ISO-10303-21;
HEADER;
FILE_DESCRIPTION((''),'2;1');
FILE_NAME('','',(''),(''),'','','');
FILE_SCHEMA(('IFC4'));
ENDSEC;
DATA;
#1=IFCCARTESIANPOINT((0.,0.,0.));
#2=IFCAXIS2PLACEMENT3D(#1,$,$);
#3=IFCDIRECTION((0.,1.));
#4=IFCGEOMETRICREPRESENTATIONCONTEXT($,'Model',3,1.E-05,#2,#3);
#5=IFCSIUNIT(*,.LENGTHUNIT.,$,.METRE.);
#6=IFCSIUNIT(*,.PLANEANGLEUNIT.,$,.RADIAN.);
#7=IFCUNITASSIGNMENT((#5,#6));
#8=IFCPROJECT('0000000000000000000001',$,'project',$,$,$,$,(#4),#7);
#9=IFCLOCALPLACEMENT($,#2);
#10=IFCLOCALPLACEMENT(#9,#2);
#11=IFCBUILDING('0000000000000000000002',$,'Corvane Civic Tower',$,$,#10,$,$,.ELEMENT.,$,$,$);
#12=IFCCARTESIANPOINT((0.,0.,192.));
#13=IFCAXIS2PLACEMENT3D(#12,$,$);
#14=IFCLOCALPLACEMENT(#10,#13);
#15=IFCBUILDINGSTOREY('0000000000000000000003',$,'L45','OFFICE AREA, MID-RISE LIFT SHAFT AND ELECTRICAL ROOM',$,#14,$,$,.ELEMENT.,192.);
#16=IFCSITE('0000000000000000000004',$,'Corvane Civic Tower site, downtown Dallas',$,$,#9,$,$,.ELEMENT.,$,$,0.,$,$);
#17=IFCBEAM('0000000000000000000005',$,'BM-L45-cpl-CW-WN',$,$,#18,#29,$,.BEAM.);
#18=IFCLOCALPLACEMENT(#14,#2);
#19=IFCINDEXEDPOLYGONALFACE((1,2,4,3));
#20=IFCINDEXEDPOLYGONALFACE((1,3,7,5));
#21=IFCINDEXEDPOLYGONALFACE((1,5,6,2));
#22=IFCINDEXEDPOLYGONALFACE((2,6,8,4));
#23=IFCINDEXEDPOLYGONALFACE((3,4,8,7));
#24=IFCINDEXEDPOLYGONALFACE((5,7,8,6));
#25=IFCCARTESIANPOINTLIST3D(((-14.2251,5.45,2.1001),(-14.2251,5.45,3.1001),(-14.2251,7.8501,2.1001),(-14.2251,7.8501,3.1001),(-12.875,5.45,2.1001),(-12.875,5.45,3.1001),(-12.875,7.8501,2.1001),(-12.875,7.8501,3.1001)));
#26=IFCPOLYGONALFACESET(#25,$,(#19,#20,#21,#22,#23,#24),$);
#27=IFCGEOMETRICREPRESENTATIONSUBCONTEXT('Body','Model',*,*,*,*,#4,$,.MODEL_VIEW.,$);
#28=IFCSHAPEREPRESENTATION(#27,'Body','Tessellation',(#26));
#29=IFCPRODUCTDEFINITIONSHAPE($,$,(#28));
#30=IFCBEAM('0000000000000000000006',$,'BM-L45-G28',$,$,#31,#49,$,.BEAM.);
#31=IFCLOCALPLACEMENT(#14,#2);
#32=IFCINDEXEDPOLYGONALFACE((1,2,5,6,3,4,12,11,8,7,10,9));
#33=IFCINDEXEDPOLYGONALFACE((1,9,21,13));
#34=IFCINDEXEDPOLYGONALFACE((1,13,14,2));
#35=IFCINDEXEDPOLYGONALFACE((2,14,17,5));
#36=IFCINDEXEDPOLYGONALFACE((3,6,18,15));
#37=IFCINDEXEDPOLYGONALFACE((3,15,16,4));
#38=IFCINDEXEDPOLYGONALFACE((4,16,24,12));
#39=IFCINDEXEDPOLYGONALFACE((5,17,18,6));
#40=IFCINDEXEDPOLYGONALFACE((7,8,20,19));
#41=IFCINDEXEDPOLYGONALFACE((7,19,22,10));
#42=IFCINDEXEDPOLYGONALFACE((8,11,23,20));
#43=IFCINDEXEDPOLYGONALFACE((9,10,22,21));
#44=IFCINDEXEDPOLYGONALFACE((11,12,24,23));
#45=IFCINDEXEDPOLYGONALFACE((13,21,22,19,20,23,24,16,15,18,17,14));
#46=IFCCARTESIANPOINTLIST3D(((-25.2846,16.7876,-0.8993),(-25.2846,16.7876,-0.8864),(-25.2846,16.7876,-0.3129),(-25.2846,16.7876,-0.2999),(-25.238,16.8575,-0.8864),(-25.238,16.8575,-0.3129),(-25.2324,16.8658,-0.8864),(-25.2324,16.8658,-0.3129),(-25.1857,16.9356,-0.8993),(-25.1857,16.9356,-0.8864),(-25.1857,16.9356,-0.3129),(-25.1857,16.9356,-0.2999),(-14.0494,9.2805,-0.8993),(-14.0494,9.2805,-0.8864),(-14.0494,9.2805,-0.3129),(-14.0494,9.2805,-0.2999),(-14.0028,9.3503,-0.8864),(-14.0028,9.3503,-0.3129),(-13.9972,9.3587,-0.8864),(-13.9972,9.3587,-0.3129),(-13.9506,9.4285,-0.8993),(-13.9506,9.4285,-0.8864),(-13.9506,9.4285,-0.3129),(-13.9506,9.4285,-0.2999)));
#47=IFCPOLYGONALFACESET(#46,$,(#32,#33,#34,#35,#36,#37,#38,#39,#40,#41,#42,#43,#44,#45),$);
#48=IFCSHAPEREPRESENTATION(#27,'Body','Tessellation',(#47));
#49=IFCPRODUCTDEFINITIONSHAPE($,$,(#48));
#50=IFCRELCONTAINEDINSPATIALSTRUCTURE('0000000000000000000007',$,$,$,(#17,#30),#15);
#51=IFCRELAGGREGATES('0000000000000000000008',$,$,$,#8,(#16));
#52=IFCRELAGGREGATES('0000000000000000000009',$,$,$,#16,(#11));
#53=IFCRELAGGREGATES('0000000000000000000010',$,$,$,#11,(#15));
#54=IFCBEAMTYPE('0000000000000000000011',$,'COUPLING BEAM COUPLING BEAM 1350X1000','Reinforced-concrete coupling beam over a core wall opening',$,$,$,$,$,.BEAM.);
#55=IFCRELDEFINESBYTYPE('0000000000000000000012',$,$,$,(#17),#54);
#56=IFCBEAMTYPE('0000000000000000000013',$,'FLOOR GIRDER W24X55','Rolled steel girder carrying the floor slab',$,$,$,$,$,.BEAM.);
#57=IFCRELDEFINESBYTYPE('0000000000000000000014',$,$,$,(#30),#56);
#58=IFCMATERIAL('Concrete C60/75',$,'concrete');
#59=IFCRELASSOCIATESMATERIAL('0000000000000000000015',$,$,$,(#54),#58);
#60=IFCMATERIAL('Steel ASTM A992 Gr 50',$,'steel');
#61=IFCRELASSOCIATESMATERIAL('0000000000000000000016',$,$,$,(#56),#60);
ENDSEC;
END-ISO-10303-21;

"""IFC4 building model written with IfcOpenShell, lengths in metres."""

from ifc_helpers import new_model, si_unit, direction, frame, origin, origin_2d, place, context, subcontext, project, spatial, rectangle, i_section, extrude, material, material_profile, profile_set, type_object, element, save


model = new_model("IFC4")

# Units and contexts
model_context = context("Model", 3, precision=1e-05, world=origin(), true_north=direction((0.0, 1.0)))
body_context = subcontext(model_context, "Body", "Model", "MODEL_VIEW")
ifc_project = project(units=[si_unit("LENGTHUNIT", "METRE"), si_unit("PLANEANGLEUNIT", "RADIAN")], contexts=[model_context])

# Site, building, storey
site_placement = place(None, origin())
site = spatial("IfcSite", under=ifc_project, at=site_placement, Name="Corvane Civic Tower site, downtown Dallas", CompositionType="ELEMENT", RefElevation=0.0)
building_placement = place(site_placement, origin())
building = spatial("IfcBuilding", under=site, at=building_placement, Name="Corvane Civic Tower", CompositionType="ELEMENT")
storey_placement = place(building_placement, frame((0.0, 0.0, 192.0)))
storey = spatial("IfcBuildingStorey", under=building, at=storey_placement, Name="L45", Description="OFFICE AREA, MID-RISE LIFT SHAFT AND ELECTRICAL ROOM", CompositionType="ELEMENT", Elevation=192.0)

# Beams
ifc_material_1 = material(Name="Concrete C60/75", Category="concrete")
ifc_material_profile_1 = material_profile(ifc_material_1, rectangle(XDim=1.3501, YDim=1.0, at=origin_2d()), Name="COUPLING BEAM 1350X1000")
ifc_profile_set_1 = profile_set([ifc_material_profile_1], Name="Concrete C60/75")
beam_type_1 = type_object("IfcBeamType", Name="COUPLING BEAM COUPLING BEAM 1350X1000", Description="Reinforced-concrete coupling beam over a core wall opening", PredefinedType="BEAM", material=ifc_profile_set_1)
beam_1_placement = place(storey_placement, frame((-13.55, 5.45, 2.6001), z_axis=(0.0, 1.0, 0.0), x_axis=(-1.0, 0.0, 0.0)))
element("IfcBeam", 1, at=beam_1_placement, inside=storey, type_object=beam_type_1, Name="BM-L45-cpl-CW-WN", PredefinedType="BEAM", context=body_context, shape_type="SweptSolid", body=[
    extrude(rectangle(XDim=1.3501, YDim=1.0, at=origin_2d()), origin(), (0.0, 0.0, 1.0), 2.4001),
])
ifc_material_2 = material(Name="Steel ASTM A992 Gr 50", Category="steel")
ifc_material_profile_2 = material_profile(ifc_material_2, i_section(OverallWidth=0.178, OverallDepth=0.5994, WebThickness=0.01, FlangeThickness=0.0129, at=origin_2d()), Name="W24X55")
ifc_profile_set_2 = profile_set([ifc_material_profile_2], Name="Steel ASTM A992 Gr 50")
beam_type_2 = type_object("IfcBeamType", Name="FLOOR GIRDER W24X55", Description="Rolled steel girder carrying the floor slab", PredefinedType="BEAM", material=ifc_profile_set_2)
beam_2_placement = place(storey_placement, frame((-14.0, 9.3545, -0.5996), z_axis=(-0.831469, 0.555571, 0.0), x_axis=(-0.555571, -0.831469, 0.0)))
element("IfcBeam", 2, at=beam_2_placement, inside=storey, type_object=beam_type_2, Name="BM-L45-G28", PredefinedType="BEAM", context=body_context, shape_type="SweptSolid", body=[
    extrude(i_section(OverallWidth=0.178, OverallDepth=0.5994, WebThickness=0.01, FlangeThickness=0.0129, at=origin_2d()), origin(), (0.0, 0.0, 1.0), 13.5125),
])

save(model, "model.ifc")
